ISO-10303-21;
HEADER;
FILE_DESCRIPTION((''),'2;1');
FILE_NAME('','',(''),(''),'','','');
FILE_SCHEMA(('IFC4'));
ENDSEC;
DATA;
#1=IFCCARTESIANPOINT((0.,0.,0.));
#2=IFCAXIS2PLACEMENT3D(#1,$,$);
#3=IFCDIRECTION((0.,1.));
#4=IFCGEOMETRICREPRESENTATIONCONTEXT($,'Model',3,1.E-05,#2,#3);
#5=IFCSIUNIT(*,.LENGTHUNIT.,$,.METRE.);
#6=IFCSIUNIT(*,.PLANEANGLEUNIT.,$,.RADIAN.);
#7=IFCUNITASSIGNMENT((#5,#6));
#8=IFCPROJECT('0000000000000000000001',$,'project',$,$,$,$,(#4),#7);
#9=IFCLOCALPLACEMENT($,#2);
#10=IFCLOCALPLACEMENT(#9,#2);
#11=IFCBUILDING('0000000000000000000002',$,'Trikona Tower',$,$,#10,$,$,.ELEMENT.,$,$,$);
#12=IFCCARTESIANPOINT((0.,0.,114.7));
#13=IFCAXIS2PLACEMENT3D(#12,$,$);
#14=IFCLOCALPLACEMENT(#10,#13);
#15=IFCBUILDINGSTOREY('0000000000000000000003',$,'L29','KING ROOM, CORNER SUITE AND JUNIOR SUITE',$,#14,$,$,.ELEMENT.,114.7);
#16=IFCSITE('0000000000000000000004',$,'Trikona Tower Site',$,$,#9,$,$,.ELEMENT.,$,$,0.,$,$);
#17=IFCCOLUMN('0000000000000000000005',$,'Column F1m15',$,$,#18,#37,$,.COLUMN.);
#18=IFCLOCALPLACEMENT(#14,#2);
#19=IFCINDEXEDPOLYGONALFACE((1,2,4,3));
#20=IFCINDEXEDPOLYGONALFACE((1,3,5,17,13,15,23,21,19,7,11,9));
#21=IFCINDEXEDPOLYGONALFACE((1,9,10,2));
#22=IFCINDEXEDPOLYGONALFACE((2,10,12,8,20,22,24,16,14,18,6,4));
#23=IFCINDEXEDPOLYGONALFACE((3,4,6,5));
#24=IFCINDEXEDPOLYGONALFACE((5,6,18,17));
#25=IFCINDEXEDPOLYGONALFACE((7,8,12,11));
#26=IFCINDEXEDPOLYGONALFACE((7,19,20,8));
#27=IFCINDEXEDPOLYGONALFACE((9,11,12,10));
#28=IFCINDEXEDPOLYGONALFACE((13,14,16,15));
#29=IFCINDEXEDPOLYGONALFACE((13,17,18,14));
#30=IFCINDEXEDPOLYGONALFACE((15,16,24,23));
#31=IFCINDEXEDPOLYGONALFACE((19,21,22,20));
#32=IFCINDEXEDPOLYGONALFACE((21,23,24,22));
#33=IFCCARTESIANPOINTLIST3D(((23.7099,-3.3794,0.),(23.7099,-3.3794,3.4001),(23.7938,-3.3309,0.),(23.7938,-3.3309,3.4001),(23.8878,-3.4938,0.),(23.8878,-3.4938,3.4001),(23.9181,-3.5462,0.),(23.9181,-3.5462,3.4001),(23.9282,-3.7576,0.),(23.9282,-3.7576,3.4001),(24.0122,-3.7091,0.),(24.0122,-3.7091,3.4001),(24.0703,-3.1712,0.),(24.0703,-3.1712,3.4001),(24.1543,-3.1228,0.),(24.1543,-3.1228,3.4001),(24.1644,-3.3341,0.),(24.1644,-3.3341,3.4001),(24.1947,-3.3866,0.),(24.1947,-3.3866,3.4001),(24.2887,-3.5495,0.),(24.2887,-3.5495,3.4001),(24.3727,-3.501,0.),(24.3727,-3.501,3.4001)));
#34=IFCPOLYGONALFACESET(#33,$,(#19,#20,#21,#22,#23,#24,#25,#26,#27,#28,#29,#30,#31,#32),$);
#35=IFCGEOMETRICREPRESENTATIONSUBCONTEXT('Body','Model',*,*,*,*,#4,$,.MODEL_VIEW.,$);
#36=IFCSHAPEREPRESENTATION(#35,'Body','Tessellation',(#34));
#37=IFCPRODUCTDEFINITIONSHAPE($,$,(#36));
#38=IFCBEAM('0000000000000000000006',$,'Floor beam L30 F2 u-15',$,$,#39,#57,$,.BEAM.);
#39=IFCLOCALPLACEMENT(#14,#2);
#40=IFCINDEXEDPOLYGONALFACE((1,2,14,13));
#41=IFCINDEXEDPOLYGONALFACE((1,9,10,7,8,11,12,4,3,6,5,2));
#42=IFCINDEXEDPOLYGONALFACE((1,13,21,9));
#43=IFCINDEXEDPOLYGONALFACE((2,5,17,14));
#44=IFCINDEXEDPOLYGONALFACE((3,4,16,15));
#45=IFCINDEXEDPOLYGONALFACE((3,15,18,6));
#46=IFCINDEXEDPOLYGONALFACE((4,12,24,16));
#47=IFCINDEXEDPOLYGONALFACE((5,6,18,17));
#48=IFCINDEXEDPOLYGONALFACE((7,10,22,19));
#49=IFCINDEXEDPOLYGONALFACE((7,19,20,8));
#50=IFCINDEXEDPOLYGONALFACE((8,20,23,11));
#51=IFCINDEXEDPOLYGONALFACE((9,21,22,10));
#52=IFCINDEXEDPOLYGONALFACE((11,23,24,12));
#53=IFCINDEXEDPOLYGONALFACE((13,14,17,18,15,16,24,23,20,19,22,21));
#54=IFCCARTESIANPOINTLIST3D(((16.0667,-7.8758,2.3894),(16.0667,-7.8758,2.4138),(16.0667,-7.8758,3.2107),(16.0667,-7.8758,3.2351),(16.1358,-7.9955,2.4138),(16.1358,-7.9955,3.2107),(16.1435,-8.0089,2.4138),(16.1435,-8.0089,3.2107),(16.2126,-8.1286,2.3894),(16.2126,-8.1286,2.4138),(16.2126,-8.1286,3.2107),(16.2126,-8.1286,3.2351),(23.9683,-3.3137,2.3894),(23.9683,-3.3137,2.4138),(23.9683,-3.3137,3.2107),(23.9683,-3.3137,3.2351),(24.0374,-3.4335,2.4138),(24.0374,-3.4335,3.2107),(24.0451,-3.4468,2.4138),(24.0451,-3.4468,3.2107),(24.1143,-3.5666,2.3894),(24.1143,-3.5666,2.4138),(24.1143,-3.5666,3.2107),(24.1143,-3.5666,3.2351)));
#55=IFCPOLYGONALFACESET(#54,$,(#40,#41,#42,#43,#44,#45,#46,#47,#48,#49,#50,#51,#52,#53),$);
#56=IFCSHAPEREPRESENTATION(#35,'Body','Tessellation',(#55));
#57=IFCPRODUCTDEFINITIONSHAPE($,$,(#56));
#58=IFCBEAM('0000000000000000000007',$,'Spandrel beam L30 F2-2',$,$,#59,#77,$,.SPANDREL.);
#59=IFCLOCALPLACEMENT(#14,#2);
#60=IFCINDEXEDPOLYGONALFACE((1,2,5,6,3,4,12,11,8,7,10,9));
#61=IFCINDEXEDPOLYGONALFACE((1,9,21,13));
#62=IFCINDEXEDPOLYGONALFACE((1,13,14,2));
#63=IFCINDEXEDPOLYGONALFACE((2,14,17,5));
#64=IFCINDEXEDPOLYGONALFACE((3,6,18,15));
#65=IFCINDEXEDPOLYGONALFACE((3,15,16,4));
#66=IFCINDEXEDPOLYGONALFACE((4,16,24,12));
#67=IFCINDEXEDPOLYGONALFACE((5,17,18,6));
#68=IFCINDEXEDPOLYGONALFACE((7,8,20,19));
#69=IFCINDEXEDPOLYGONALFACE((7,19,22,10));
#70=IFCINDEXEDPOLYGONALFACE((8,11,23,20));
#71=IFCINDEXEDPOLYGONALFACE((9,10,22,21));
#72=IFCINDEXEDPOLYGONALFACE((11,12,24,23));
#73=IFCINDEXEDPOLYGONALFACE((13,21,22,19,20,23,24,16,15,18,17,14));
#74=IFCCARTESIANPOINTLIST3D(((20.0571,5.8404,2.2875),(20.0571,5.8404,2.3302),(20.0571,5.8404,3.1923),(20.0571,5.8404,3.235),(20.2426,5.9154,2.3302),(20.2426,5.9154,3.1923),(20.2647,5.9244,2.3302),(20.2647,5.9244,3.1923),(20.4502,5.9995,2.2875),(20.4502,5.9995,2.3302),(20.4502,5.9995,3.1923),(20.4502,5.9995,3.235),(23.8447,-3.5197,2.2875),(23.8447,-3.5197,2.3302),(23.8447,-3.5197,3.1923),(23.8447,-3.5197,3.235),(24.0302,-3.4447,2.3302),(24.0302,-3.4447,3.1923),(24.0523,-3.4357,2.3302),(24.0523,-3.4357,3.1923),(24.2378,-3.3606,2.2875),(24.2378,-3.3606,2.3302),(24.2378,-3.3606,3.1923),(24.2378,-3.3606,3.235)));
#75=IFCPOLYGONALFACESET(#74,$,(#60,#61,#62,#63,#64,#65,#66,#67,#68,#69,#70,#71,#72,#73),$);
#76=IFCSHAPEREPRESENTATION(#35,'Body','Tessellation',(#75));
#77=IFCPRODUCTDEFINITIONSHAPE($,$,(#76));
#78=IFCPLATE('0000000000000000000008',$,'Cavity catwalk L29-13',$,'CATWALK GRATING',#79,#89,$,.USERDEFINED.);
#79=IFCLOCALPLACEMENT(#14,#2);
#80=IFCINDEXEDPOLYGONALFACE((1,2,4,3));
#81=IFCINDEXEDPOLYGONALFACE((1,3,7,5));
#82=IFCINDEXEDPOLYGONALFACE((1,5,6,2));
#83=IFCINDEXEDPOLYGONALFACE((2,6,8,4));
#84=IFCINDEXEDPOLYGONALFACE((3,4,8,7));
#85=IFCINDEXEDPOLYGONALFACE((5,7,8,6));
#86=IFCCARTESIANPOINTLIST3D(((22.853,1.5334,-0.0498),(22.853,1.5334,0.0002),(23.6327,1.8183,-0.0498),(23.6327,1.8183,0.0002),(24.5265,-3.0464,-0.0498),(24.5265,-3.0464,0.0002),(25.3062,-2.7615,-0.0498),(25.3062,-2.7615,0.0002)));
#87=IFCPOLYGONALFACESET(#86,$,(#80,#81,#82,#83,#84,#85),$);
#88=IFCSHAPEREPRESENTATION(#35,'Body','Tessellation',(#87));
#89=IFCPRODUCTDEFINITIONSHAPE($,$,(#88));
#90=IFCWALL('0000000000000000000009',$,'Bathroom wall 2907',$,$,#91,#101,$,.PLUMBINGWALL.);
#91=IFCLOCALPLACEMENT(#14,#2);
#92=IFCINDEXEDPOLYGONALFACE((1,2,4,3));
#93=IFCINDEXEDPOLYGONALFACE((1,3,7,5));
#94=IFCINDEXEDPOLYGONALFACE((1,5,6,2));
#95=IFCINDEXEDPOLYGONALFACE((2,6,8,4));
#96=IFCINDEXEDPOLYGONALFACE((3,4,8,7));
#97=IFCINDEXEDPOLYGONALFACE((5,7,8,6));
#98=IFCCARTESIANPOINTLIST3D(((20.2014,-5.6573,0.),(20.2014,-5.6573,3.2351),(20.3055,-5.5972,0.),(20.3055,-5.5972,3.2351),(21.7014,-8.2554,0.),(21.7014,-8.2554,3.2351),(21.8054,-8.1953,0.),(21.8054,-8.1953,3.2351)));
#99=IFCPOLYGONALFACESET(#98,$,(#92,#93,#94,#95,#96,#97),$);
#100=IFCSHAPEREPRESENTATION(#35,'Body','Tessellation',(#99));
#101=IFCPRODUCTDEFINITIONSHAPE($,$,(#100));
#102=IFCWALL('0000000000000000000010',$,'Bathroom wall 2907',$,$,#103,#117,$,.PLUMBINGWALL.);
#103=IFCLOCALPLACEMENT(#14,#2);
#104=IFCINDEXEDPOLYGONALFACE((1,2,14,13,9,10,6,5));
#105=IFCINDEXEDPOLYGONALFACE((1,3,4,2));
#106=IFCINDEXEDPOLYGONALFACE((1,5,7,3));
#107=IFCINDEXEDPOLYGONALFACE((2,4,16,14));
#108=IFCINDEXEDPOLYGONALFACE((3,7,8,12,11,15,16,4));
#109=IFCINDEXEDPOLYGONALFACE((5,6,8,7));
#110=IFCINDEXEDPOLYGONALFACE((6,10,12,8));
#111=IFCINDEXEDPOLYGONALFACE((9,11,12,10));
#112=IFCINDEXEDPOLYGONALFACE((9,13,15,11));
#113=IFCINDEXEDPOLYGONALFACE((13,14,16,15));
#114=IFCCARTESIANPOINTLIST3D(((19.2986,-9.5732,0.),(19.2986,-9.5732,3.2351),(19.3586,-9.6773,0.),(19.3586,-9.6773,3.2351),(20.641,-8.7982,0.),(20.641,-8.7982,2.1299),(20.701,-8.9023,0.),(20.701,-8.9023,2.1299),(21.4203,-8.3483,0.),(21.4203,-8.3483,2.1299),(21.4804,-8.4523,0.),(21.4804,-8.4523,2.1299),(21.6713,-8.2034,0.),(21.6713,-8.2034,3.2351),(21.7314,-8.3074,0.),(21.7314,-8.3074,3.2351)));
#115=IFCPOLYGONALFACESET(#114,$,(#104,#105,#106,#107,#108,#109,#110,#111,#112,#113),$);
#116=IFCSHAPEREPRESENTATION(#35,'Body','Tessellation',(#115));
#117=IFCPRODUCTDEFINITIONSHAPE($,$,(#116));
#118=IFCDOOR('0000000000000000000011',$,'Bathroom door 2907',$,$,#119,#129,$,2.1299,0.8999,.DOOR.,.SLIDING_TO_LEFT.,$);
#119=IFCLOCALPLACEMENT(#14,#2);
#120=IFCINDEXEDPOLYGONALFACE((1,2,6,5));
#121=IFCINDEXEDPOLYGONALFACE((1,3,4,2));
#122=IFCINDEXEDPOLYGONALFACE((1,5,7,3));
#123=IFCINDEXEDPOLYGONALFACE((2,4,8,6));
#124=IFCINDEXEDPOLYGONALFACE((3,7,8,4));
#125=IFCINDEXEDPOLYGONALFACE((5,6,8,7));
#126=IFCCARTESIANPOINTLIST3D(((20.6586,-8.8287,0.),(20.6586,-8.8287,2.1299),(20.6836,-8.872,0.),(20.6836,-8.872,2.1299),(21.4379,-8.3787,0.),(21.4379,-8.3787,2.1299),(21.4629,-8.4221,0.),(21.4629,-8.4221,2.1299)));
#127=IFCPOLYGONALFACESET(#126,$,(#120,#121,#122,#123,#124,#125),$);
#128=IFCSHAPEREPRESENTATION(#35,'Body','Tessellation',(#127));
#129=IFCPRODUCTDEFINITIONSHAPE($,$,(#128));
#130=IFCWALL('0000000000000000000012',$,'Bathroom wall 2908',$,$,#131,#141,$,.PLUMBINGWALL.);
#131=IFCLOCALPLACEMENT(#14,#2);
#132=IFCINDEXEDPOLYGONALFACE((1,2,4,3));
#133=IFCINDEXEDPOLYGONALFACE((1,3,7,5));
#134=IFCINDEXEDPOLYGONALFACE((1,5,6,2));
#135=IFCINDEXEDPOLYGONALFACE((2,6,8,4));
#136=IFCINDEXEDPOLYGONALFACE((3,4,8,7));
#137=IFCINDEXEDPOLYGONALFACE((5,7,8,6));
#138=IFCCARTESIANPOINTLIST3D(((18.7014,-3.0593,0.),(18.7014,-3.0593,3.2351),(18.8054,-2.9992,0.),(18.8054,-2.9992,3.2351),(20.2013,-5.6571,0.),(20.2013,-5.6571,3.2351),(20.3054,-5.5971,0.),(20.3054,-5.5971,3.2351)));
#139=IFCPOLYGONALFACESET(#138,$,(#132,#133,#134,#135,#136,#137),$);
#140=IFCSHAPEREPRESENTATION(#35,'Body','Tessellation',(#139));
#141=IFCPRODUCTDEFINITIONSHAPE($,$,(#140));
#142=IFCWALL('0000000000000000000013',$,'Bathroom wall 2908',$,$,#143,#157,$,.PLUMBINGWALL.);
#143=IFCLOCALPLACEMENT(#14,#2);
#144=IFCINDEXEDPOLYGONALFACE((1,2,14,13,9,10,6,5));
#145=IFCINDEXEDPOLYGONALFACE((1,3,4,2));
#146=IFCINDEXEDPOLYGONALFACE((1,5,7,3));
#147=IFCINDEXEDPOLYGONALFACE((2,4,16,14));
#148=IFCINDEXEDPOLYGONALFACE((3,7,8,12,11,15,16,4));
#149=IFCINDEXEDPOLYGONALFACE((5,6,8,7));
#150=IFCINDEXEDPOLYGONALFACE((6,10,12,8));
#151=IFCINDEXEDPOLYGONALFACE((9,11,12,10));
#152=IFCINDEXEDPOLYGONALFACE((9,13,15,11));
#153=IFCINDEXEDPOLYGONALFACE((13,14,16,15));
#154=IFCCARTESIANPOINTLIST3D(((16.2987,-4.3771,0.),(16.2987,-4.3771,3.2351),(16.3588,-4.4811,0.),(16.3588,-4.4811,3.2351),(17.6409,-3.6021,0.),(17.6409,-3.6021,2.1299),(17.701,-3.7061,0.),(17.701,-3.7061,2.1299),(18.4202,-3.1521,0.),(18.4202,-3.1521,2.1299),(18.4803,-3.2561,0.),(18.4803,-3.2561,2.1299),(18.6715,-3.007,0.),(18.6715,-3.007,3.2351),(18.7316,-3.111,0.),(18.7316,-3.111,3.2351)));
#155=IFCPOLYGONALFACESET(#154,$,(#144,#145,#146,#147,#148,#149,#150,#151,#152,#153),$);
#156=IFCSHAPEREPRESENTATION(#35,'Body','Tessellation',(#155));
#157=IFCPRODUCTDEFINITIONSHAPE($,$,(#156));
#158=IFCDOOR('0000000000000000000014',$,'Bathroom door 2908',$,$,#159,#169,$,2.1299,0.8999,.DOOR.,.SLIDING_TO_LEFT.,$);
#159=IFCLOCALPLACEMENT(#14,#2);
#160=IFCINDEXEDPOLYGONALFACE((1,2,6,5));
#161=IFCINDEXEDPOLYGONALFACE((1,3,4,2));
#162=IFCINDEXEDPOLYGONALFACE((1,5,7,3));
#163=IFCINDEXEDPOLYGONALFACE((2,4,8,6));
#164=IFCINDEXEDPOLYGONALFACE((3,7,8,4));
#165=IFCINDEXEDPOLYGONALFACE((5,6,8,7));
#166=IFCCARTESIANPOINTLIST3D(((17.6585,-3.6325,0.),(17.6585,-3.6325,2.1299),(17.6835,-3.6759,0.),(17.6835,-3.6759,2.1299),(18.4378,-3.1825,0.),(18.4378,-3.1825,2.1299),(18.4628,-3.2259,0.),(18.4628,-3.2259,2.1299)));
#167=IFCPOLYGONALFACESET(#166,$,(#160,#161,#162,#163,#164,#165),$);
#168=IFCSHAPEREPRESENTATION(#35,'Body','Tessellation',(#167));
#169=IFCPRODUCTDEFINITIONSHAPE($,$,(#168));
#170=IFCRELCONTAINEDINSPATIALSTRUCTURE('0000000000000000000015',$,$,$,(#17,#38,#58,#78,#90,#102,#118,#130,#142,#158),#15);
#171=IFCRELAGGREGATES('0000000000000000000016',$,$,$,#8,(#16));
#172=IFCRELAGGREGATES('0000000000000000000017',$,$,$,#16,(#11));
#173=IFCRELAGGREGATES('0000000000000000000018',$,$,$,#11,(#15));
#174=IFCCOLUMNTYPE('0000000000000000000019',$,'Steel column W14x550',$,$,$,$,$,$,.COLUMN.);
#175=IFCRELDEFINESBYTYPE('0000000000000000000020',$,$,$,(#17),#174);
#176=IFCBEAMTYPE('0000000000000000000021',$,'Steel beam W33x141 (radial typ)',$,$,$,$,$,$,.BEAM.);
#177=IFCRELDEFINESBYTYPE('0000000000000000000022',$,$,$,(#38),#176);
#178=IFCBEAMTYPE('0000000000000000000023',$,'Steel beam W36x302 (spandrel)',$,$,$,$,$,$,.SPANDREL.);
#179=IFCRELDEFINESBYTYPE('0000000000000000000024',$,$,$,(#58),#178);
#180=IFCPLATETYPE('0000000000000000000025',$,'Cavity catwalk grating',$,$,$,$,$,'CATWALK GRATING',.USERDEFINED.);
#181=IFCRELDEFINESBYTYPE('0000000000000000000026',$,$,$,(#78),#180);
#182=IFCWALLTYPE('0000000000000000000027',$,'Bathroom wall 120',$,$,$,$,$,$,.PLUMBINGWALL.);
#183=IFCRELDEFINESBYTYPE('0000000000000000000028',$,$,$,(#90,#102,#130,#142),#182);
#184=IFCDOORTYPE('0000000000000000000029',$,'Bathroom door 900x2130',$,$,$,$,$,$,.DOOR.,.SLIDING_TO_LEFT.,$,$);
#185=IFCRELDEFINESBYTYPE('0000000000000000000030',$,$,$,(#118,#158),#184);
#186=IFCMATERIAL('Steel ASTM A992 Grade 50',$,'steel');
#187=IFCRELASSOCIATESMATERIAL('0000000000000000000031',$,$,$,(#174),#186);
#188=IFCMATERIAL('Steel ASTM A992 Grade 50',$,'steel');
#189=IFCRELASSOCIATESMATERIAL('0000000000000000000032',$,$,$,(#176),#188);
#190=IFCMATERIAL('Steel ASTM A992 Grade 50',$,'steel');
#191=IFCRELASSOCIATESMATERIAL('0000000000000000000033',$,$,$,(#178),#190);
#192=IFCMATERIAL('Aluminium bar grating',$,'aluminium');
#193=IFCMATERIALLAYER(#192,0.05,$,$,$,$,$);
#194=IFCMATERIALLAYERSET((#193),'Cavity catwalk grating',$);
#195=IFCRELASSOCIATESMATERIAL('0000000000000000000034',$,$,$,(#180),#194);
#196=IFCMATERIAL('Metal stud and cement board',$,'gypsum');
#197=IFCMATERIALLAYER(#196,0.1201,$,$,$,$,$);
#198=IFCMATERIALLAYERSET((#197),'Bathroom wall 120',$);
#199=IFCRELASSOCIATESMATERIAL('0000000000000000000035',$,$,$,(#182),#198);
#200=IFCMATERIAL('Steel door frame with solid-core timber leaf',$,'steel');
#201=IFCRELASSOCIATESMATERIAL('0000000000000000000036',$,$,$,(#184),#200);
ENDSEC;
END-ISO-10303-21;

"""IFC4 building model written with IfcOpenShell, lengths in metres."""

from ifc_helpers import new_model, si_unit, direction, frame, frame_2d, origin, origin_2d, place, context, subcontext, project, spatial, rectangle, i_section, extrude, material, layer, layer_set, material_profile, profile_set, type_object, element, fill, save


model = new_model("IFC4")

# Units and contexts
model_context = context("Model", 3, precision=1e-05, world=origin(), true_north=direction((0.0, 1.0)))
body_context = subcontext(model_context, "Body", "Model", "MODEL_VIEW")
ifc_project = project(units=[si_unit("LENGTHUNIT", "METRE"), si_unit("PLANEANGLEUNIT", "RADIAN")], contexts=[model_context])

# Site, building, storey
site_placement = place(None, origin())
site = spatial("IfcSite", under=ifc_project, at=site_placement, Name="Trikona Tower Site", CompositionType="ELEMENT", RefElevation=0.0)
building_placement = place(site_placement, origin())
building = spatial("IfcBuilding", under=site, at=building_placement, Name="Trikona Tower", CompositionType="ELEMENT")
storey_placement = place(building_placement, frame((0.0, 0.0, 114.7)))
storey = spatial("IfcBuildingStorey", under=building, at=storey_placement, Name="L29", Description="KING ROOM, CORNER SUITE AND JUNIOR SUITE", CompositionType="ELEMENT", Elevation=114.7)

# Column
ifc_material_1 = material(Name="Steel ASTM A992 Grade 50", Category="steel")
ifc_material_profile_1 = material_profile(ifc_material_1, i_section(OverallWidth=0.4368, OverallDepth=0.5132, WebThickness=0.0605, FlangeThickness=0.0969, at=origin_2d()), Name="W14X550")
ifc_profile_set_1 = profile_set([ifc_material_profile_1], Name="Steel ASTM A992 Grade 50")
column_type = type_object("IfcColumnType", Name="Steel column W14x550", PredefinedType="COLUMN", material=ifc_profile_set_1)
column_placement = place(storey_placement, frame((24.0413, -3.4402, 0.0), z_axis=(0.0, 0.0, 1.0), x_axis=(-0.5, 0.866025, 0.0)))
element("IfcColumn", 1, at=column_placement, inside=storey, type_object=column_type, Name="Column F1m15", PredefinedType="COLUMN", context=body_context, shape_type="SweptSolid", body=[
    extrude(i_section(OverallWidth=0.4368, OverallDepth=0.5132, WebThickness=0.0605, FlangeThickness=0.0969, at=origin_2d()), origin(), (0.0, 0.0, 1.0), 3.4001),
])

# Beams
ifc_material_2 = material(Name="Steel ASTM A992 Grade 50", Category="steel")
ifc_material_profile_2 = material_profile(ifc_material_2, i_section(OverallWidth=0.292, OverallDepth=0.8457, WebThickness=0.0154, FlangeThickness=0.0244, at=origin_2d()), Name="W33X141")
ifc_profile_set_2 = profile_set([ifc_material_profile_2], Name="Steel ASTM A992 Grade 50")
beam_type_1 = type_object("IfcBeamType", Name="Steel beam W33x141 (radial typ)", PredefinedType="BEAM", material=ifc_profile_set_2)
beam_1_placement = place(storey_placement, frame((16.1396, -8.0022, 2.8123), z_axis=(0.866025, 0.500001, 0.0), x_axis=(-0.500001, 0.866025, 0.0)))
element("IfcBeam", 2, at=beam_1_placement, inside=storey, type_object=beam_type_1, Name="Floor beam L30 F2 u-15", PredefinedType="BEAM", context=body_context, shape_type="SweptSolid", body=[
    extrude(i_section(OverallWidth=0.292, OverallDepth=0.8457, WebThickness=0.0154, FlangeThickness=0.0244, at=origin_2d()), origin(), (0.0, 0.0, 1.0), 9.124),
])
ifc_material_3 = material(Name="Steel ASTM A992 Grade 50", Category="steel")
ifc_material_profile_3 = material_profile(ifc_material_3, i_section(OverallWidth=0.4241, OverallDepth=0.9475, WebThickness=0.0239, FlangeThickness=0.0427, at=origin_2d()), Name="W36X302")
ifc_profile_set_3 = profile_set([ifc_material_profile_3], Name="Steel ASTM A992 Grade 50")
beam_type_2 = type_object("IfcBeamType", Name="Steel beam W36x302 (spandrel)", PredefinedType="SPANDREL", material=ifc_profile_set_3)
beam_2_placement = place(storey_placement, frame((24.0413, -3.4402, 2.7612), z_axis=(-0.375106, 0.926982, 0.0), x_axis=(-0.926982, -0.375106, 0.0)))
element("IfcBeam", 3, at=beam_2_placement, inside=storey, type_object=beam_type_2, Name="Spandrel beam L30 F2-2", PredefinedType="SPANDREL", context=body_context, shape_type="SweptSolid", body=[
    extrude(i_section(OverallWidth=0.4241, OverallDepth=0.9475, WebThickness=0.0239, FlangeThickness=0.0427, at=origin_2d()), origin(), (0.0, 0.0, 1.0), 10.0974),
])

# Plate
ifc_material_4 = material(Name="Aluminium bar grating", Category="aluminium")
ifc_layer_1 = layer(ifc_material_4, 0.05)
ifc_layer_set_1 = layer_set([ifc_layer_1], Name="Cavity catwalk grating")
plate_type = type_object("IfcPlateType", Name="Cavity catwalk grating", ElementType="CATWALK GRATING", PredefinedType="USERDEFINED", material=ifc_layer_set_1)
plate_placement = place(storey_placement, frame((24.0796, -0.614, -0.0498), z_axis=(0.0, 0.0, 1.0), x_axis=(-0.34322, 0.939255, 0.0)))
element("IfcPlate", 4, at=plate_placement, inside=storey, type_object=plate_type, Name="Cavity catwalk L29-13", ObjectType="CATWALK GRATING", PredefinedType="USERDEFINED", context=body_context, shape_type="SweptSolid", body=[
    extrude(rectangle(XDim=4.876, YDim=0.8301, at=origin_2d()), origin(), (0.0, 0.0, 1.0), 0.05),
])

# Wall
ifc_material_5 = material(Name="Metal stud and cement board", Category="gypsum")
ifc_layer_2 = layer(ifc_material_5, 0.1201)
ifc_layer_set_2 = layer_set([ifc_layer_2], Name="Bathroom wall 120")
wall_type_1 = type_object("IfcWallType", Name="Bathroom wall 120", PredefinedType="PLUMBINGWALL", material=ifc_layer_set_2)
wall_1_placement = place(storey_placement, frame((21.7534, -8.2253, 0.0), z_axis=(0.0, 0.0, 1.0), x_axis=(-0.49999, 0.866031, 0.0)))
element("IfcWall", 5, at=wall_1_placement, inside=storey, type_object=wall_type_1, Name="Bathroom wall 2907", PredefinedType="PLUMBINGWALL", context=body_context, shape_type="SweptSolid", body=[
    extrude(rectangle(XDim=3.0, YDim=0.1201, at=frame_2d((1.5, 0.0))), origin(), (0.0, 0.0, 1.0), 3.2351),
])

# Wall, opening, door
wall_2_placement = place(storey_placement, frame((19.3286, -9.6252, 0.0), z_axis=(0.0, 0.0, 1.0), x_axis=(0.866036, 0.499982, 0.0)))
wall_2 = element("IfcWall", 6, at=wall_2_placement, inside=storey, type_object=wall_type_1, Name="Bathroom wall 2907", PredefinedType="PLUMBINGWALL", context=body_context, shape_type="SweptSolid", body=[
    extrude(rectangle(XDim=2.7397, YDim=0.1201, at=frame_2d((1.3699, 0.0))), origin(), (0.0, 0.0, 1.0), 3.2351),
])
opening_1_placement = place(wall_2_placement, frame((1.55, 0.0, 0.0)))
opening_1 = element("IfcOpeningElement", 7, at=opening_1_placement, cuts=wall_2, PredefinedType="OPENING", context=body_context, shape_type="SweptSolid", body=[
    extrude(rectangle(XDim=0.8999, YDim=2.1299, at=frame_2d((0.45, 1.0649))), frame((0.0, 0.0701, 0.0), z_axis=(0.0, -1.0, 0.0), x_axis=(1.0, 0.0, 0.0)), (0.0, 0.0, 1.0), 0.1401),
])
ifc_material_6 = material(Name="Steel door frame with solid-core timber leaf", Category="steel")
door_type_1 = type_object("IfcDoorType", Name="Bathroom door 900x2130", OperationType="SLIDING_TO_LEFT", PredefinedType="DOOR", material=ifc_material_6)
door_1_placement = place(opening_1_placement, origin())
door_1 = element("IfcDoor", 8, at=door_1_placement, inside=storey, type_object=door_type_1, Name="Bathroom door 2907", OperationType="SLIDING_TO_LEFT", OverallHeight=2.1299, OverallWidth=0.8999, PredefinedType="DOOR", context=body_context, shape_type="SweptSolid", body=[
    extrude(rectangle(XDim=0.8999, YDim=2.1299, at=frame_2d((0.45, 1.0649))), frame((0.0, 0.0249, 0.0), z_axis=(0.0, -1.0, 0.0), x_axis=(1.0, 0.0, 0.0)), (0.0, 0.0, 1.0), 0.05),
])
fill(opening_1, door_1)

# Wall
wall_3_placement = place(storey_placement, frame((20.2534, -5.6272, 0.0), z_axis=(0.0, 0.0, 1.0), x_axis=(-0.500025, 0.866011, 0.0)))
element("IfcWall", 9, at=wall_3_placement, inside=storey, type_object=wall_type_1, Name="Bathroom wall 2908", PredefinedType="PLUMBINGWALL", context=body_context, shape_type="SweptSolid", body=[
    extrude(rectangle(XDim=2.9998, YDim=0.1201, at=frame_2d((1.5, 0.0))), origin(), (0.0, 0.0, 1.0), 3.2351),
])

# Wall, opening, door
wall_4_placement = place(storey_placement, frame((16.3286, -4.4292, 0.0), z_axis=(0.0, 0.0, 1.0), x_axis=(0.865997, 0.500049, 0.0)))
wall_4 = element("IfcWall", 10, at=wall_4_placement, inside=storey, type_object=wall_type_1, Name="Bathroom wall 2908", PredefinedType="PLUMBINGWALL", context=body_context, shape_type="SweptSolid", body=[
    extrude(rectangle(XDim=2.74, YDim=0.1201, at=frame_2d((1.3701, 0.0))), origin(), (0.0, 0.0, 1.0), 3.2351),
])
opening_2_placement = place(wall_4_placement, frame((1.55, 0.0, 0.0)))
opening_2 = element("IfcOpeningElement", 11, at=opening_2_placement, cuts=wall_4, PredefinedType="OPENING", context=body_context, shape_type="SweptSolid", body=[
    extrude(rectangle(XDim=0.8999, YDim=2.1299, at=frame_2d((0.45, 1.0649))), frame((0.0, 0.0701, 0.0), z_axis=(0.0, -1.0, 0.0), x_axis=(1.0, 0.0, 0.0)), (0.0, 0.0, 1.0), 0.1401),
])
door_2_placement = place(opening_2_placement, origin())
door_2 = element("IfcDoor", 12, at=door_2_placement, inside=storey, type_object=door_type_1, Name="Bathroom door 2908", OperationType="SLIDING_TO_LEFT", OverallHeight=2.1299, OverallWidth=0.8999, PredefinedType="DOOR", context=body_context, shape_type="SweptSolid", body=[
    extrude(rectangle(XDim=0.8999, YDim=2.1299, at=frame_2d((0.45, 1.0649))), frame((0.0, 0.0249, 0.0), z_axis=(0.0, -1.0, 0.0), x_axis=(1.0, 0.0, 0.0)), (0.0, 0.0, 1.0), 0.05),
])
fill(opening_2, door_2)

save(model, "model.ifc")
